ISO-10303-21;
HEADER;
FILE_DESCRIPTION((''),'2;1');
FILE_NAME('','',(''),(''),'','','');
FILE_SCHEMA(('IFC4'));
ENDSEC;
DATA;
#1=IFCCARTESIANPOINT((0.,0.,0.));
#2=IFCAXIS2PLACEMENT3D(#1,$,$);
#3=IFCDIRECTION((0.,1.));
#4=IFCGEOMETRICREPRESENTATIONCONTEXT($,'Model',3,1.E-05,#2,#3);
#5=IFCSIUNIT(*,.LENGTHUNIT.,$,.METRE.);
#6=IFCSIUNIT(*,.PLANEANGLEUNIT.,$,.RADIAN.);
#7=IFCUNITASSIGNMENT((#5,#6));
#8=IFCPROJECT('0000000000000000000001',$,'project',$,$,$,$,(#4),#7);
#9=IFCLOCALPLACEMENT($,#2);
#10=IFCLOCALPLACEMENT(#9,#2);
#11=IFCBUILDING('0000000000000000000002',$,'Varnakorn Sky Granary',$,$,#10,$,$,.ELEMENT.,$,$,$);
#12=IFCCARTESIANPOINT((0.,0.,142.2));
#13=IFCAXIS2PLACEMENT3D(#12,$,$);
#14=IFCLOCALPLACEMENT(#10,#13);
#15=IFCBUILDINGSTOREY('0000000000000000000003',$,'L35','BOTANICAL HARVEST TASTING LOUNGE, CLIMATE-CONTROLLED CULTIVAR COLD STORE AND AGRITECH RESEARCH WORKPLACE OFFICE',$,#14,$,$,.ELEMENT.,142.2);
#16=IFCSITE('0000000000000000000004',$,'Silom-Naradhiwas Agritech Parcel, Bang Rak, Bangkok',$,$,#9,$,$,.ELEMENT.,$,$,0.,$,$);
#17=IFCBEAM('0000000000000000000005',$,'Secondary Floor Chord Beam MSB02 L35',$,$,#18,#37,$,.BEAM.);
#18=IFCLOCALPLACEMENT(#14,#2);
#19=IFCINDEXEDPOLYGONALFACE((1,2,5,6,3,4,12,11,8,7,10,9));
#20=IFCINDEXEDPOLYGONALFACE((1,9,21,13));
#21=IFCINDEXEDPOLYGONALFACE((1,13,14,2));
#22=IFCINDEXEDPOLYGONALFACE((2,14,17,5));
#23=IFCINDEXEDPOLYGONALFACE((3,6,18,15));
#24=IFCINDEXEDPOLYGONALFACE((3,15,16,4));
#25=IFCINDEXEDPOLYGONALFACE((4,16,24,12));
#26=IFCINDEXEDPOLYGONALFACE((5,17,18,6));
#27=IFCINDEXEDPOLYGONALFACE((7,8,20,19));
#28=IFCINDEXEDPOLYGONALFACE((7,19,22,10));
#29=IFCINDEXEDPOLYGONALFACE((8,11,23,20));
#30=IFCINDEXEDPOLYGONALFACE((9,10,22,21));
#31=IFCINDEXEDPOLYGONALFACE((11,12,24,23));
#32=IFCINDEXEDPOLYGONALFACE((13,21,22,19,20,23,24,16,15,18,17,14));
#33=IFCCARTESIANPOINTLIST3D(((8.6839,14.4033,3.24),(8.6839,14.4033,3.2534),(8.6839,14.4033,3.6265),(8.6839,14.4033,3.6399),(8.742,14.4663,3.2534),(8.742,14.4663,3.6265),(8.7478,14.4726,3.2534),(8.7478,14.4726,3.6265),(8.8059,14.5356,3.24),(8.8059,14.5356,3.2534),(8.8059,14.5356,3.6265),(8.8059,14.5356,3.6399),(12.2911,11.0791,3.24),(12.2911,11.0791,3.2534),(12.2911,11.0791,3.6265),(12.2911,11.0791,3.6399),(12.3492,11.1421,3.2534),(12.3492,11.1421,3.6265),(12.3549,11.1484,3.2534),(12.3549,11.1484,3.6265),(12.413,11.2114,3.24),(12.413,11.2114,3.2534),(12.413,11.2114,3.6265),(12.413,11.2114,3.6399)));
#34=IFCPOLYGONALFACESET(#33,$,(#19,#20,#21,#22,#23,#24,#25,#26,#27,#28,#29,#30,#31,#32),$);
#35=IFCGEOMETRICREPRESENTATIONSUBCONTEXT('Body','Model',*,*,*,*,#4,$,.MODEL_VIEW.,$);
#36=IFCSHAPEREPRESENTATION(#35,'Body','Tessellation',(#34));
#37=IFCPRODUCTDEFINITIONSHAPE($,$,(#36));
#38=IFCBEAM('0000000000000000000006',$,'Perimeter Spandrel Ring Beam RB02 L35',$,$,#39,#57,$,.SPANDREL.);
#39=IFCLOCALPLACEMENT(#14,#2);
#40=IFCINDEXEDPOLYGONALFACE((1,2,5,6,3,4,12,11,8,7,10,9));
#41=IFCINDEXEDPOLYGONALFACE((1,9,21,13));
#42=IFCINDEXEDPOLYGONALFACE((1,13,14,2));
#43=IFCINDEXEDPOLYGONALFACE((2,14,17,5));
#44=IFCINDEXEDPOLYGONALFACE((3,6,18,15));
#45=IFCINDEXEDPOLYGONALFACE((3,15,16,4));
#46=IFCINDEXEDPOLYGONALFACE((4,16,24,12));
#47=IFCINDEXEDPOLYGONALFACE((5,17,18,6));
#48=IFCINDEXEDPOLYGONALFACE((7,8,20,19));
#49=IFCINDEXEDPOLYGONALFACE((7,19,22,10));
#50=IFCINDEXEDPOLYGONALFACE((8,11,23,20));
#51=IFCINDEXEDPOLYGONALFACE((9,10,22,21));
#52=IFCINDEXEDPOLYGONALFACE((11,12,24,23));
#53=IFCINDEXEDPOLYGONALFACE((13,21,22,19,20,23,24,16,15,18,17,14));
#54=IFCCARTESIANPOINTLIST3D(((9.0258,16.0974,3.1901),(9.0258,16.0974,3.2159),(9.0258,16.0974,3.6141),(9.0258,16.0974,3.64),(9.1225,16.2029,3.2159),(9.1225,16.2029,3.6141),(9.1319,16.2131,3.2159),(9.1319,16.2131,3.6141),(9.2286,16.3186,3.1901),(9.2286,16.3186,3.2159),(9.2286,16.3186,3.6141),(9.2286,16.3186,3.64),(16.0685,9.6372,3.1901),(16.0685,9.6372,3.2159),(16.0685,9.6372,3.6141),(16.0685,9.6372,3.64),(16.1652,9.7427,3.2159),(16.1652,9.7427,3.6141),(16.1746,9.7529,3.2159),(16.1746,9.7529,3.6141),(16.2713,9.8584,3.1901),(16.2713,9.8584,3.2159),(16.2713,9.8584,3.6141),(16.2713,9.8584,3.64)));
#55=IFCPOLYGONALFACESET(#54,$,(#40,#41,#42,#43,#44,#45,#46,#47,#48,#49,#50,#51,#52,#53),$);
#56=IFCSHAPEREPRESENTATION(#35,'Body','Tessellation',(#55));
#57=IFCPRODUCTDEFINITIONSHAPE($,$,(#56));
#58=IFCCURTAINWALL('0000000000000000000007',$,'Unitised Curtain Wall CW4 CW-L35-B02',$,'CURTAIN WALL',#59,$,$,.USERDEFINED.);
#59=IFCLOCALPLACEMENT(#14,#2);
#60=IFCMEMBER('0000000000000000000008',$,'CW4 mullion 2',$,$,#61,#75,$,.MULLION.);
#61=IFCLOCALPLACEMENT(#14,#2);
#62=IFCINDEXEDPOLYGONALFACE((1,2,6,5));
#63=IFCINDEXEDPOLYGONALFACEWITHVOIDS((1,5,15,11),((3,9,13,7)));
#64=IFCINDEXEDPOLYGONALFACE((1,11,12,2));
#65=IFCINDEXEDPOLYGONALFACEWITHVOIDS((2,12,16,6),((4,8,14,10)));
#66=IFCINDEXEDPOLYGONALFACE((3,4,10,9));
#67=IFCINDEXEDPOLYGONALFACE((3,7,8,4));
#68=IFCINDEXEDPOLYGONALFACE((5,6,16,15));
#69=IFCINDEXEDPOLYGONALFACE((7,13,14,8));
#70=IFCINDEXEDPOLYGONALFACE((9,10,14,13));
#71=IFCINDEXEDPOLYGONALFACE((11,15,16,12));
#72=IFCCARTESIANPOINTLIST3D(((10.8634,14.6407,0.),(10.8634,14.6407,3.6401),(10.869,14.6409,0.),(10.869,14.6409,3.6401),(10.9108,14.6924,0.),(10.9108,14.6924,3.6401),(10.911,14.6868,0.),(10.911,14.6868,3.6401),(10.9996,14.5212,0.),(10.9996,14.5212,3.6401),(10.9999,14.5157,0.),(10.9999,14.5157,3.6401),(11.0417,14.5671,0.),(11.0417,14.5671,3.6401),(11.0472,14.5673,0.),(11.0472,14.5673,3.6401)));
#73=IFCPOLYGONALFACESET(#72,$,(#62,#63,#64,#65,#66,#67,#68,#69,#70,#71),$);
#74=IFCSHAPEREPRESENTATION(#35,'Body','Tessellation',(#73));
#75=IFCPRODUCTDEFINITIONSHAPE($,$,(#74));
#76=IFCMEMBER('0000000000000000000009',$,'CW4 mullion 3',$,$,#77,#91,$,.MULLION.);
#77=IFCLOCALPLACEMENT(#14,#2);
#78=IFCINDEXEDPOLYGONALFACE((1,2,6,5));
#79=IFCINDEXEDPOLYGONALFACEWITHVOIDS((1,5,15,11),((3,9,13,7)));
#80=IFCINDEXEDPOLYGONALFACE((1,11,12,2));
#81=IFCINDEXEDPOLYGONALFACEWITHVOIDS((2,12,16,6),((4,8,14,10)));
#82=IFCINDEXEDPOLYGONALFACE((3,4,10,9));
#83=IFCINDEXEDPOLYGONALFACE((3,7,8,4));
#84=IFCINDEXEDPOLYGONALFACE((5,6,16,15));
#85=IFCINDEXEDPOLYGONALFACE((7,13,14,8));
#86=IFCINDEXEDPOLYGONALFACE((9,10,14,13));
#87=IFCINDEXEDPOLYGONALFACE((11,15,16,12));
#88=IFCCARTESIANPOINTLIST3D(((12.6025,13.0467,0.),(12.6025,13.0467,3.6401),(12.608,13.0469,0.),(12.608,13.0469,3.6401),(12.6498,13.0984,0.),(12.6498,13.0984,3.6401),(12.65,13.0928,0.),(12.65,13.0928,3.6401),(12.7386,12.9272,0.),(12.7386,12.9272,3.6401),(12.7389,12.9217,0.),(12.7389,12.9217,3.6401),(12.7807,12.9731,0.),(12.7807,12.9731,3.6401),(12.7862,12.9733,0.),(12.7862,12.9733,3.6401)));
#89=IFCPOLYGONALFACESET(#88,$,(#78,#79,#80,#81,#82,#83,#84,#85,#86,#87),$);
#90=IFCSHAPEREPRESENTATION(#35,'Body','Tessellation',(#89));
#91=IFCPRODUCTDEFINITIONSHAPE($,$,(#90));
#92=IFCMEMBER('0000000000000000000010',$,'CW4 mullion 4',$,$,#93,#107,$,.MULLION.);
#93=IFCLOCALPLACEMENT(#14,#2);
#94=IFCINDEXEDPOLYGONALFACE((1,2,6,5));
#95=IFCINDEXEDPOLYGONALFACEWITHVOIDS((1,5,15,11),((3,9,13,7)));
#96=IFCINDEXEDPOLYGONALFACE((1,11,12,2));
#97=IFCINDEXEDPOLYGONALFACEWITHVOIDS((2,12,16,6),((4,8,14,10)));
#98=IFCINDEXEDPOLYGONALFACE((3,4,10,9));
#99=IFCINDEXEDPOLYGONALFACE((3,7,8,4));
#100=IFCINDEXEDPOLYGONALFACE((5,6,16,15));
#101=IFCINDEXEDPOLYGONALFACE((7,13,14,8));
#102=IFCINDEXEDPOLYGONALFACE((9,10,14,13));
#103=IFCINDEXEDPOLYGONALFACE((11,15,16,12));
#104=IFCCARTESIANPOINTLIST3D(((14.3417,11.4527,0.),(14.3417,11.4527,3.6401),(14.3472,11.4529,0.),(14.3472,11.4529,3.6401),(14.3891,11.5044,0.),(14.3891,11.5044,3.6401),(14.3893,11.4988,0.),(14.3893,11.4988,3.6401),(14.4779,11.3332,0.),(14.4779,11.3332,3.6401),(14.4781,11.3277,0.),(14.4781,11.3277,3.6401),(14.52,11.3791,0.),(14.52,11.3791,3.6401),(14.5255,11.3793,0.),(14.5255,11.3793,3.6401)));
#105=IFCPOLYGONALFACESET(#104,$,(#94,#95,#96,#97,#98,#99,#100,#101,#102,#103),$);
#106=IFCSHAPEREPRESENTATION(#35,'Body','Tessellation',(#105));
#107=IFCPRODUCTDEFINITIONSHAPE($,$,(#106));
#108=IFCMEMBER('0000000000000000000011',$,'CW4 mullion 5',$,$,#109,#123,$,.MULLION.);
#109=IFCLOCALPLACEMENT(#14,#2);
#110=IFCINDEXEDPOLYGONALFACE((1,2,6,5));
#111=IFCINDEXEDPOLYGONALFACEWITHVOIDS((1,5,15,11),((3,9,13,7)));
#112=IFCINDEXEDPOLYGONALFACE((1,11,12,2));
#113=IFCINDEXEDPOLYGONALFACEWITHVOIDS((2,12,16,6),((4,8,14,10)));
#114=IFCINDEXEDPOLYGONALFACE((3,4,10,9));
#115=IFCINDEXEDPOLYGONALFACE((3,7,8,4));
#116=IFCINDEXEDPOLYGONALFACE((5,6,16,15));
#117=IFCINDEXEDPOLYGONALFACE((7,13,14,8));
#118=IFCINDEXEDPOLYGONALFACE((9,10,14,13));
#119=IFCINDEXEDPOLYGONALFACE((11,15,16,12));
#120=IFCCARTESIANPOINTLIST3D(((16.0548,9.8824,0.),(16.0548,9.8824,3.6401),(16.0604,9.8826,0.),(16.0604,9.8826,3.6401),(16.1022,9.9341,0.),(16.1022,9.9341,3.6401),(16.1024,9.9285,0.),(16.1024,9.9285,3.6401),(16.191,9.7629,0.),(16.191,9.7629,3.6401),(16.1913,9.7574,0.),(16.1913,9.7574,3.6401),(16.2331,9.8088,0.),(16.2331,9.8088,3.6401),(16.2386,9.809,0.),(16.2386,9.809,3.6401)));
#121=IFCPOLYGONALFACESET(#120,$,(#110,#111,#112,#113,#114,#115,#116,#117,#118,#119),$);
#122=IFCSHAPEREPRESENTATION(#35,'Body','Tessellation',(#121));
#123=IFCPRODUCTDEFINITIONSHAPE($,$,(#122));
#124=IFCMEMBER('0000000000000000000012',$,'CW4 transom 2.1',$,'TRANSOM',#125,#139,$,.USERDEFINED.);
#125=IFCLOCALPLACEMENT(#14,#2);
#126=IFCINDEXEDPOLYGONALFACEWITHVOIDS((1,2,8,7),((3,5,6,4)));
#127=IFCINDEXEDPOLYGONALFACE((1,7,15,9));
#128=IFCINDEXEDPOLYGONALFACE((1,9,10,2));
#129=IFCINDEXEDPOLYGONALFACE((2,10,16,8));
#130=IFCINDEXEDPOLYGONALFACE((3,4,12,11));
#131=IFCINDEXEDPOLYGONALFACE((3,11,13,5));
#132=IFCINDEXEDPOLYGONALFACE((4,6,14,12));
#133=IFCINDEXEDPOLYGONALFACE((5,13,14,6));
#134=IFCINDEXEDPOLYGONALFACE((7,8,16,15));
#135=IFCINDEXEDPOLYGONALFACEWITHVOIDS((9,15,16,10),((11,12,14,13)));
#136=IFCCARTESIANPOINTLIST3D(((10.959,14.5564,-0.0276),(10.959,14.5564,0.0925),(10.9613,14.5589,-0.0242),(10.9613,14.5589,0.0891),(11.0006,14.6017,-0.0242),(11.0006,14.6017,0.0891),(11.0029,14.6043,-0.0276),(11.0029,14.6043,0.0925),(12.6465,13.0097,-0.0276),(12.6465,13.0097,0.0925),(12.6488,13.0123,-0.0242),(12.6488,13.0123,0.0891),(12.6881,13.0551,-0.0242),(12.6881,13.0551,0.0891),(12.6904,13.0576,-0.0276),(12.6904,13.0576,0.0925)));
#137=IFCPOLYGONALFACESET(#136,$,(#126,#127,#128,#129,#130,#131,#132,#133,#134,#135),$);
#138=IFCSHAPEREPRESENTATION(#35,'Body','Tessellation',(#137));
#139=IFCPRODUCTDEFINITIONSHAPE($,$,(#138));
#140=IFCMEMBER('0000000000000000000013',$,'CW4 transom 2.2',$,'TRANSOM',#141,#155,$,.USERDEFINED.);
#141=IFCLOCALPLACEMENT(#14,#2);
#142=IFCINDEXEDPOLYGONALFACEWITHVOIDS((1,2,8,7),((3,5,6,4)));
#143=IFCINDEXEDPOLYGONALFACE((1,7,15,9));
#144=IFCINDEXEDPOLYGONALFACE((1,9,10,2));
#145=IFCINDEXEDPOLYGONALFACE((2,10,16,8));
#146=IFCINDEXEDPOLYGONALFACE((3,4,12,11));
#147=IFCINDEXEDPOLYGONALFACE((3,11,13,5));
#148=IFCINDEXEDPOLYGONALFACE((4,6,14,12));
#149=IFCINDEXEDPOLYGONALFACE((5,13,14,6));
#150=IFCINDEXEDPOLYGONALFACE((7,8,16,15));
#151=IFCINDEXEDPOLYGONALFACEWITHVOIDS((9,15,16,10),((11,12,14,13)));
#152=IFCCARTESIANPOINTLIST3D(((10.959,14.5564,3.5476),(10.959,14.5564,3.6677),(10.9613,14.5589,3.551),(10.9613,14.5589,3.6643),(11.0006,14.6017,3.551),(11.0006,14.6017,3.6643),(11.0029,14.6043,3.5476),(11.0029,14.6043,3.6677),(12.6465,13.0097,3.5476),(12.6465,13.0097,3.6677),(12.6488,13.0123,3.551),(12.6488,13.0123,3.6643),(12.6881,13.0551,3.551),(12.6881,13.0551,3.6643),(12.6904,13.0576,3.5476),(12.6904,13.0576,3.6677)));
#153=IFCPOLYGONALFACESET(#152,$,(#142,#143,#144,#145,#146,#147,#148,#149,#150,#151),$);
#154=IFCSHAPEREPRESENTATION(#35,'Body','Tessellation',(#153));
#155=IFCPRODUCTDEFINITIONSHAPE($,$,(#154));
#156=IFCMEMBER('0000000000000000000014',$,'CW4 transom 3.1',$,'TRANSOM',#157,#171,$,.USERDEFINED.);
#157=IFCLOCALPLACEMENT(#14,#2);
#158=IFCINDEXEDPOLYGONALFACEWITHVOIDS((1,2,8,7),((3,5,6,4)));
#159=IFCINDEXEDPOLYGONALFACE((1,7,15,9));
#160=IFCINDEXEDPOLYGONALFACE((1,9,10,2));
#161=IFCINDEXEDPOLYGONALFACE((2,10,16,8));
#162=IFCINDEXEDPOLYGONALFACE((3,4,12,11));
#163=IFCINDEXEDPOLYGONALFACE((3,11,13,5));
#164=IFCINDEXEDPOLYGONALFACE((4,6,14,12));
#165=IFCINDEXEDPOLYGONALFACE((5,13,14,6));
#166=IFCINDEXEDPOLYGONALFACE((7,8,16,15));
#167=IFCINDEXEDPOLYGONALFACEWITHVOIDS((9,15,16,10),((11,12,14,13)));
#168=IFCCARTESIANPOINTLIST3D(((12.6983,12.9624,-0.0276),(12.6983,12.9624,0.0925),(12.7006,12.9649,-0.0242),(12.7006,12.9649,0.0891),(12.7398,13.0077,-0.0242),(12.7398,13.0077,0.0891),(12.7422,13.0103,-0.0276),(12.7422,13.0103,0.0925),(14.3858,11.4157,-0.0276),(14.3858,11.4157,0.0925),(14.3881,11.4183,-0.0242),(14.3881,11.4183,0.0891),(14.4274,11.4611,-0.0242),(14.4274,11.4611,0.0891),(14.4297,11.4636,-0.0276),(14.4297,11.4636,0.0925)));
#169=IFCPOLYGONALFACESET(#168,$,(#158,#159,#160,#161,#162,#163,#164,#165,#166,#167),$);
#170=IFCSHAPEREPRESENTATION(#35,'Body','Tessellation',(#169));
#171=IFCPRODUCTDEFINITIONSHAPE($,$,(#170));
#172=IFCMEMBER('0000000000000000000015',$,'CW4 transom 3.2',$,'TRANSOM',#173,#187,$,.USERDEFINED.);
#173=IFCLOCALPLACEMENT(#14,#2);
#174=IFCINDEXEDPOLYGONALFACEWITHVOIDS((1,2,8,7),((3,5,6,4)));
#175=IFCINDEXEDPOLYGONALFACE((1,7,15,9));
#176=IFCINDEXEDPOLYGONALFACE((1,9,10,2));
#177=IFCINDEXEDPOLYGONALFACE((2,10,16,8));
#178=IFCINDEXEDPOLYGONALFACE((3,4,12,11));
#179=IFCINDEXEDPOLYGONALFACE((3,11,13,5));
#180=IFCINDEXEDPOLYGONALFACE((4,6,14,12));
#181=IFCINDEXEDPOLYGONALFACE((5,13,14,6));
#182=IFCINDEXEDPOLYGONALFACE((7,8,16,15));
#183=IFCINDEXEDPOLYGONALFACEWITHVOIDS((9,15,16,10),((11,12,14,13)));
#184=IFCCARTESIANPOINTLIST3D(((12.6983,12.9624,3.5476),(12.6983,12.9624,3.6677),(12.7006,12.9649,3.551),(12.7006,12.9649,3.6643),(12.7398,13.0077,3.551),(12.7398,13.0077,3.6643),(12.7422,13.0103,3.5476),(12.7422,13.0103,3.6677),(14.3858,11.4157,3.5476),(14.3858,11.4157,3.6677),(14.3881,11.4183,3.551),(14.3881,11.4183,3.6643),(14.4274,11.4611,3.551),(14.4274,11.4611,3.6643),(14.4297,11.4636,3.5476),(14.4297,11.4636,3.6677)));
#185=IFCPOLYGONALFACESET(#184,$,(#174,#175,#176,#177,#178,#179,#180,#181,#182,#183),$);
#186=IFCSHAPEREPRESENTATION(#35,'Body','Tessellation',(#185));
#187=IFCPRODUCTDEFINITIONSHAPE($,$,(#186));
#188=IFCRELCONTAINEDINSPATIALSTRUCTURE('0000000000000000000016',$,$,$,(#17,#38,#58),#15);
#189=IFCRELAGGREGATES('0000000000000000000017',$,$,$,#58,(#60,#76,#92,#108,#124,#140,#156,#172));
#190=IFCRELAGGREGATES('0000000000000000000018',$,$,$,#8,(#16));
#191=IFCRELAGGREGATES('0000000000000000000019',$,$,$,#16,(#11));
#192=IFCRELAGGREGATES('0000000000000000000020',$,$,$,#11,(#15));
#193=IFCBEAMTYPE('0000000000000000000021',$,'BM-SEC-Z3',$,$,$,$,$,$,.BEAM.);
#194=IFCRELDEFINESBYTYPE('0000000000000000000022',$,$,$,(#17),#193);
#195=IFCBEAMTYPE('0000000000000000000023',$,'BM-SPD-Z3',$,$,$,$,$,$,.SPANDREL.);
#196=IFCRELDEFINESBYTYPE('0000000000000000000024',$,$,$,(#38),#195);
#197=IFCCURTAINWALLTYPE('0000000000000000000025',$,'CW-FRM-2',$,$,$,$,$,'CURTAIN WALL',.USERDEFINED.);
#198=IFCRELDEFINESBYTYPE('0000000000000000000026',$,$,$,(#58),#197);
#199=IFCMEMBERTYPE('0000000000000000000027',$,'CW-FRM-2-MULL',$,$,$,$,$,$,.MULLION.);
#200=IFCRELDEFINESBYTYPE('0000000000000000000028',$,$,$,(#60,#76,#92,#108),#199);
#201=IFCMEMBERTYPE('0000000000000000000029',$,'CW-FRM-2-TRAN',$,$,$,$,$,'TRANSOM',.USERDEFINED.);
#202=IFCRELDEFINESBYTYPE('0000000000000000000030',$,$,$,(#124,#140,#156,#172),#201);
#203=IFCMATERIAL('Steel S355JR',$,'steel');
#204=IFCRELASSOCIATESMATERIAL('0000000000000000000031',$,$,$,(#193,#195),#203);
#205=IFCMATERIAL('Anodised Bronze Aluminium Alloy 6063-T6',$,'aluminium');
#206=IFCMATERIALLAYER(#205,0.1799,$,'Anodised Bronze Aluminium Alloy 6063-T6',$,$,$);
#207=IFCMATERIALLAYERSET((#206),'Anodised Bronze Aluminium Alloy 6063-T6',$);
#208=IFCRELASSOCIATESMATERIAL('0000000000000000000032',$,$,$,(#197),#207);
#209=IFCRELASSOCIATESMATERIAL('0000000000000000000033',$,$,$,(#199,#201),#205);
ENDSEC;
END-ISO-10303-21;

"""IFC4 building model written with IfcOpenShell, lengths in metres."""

from ifc_helpers import new_model, si_unit, direction, frame, origin, origin_2d, place, context, subcontext, project, spatial, hollow_rectangle, i_section, extrude, material, layer, layer_set, material_profile, profile_set, type_object, element, aggregate, save


model = new_model("IFC4")

# Units and contexts
model_context = context("Model", 3, precision=1e-05, world=origin(), true_north=direction((0.0, 1.0)))
body_context = subcontext(model_context, "Body", "Model", "MODEL_VIEW")
ifc_project = project(units=[si_unit("LENGTHUNIT", "METRE"), si_unit("PLANEANGLEUNIT", "RADIAN")], contexts=[model_context])

# Site, building, storey
site_placement = place(None, origin())
site = spatial("IfcSite", under=ifc_project, at=site_placement, Name="Silom-Naradhiwas Agritech Parcel, Bang Rak, Bangkok", CompositionType="ELEMENT", RefElevation=0.0)
building_placement = place(site_placement, origin())
building = spatial("IfcBuilding", under=site, at=building_placement, Name="Varnakorn Sky Granary", CompositionType="ELEMENT")
storey_placement = place(building_placement, frame((0.0, 0.0, 142.2)))
storey = spatial("IfcBuildingStorey", under=building, at=storey_placement, Name="L35", Description="BOTANICAL HARVEST TASTING LOUNGE, CLIMATE-CONTROLLED CULTIVAR COLD STORE AND AGRITECH RESEARCH WORKPLACE OFFICE", CompositionType="ELEMENT", Elevation=142.2)

# Beams
ifc_material_1 = material(Name="Steel S355JR", Category="steel")
ifc_material_profile_1 = material_profile(ifc_material_1, i_section(OverallWidth=0.1799, OverallDepth=0.3999, WebThickness=0.0085, FlangeThickness=0.0134, at=origin_2d()), Name="IPE 400")
ifc_profile_set_1 = profile_set([ifc_material_profile_1], Name="Steel S355JR")
beam_type_1 = type_object("IfcBeamType", Name="BM-SEC-Z3", PredefinedType="BEAM", material=ifc_profile_set_1)
beam_1_placement = place(storey_placement, frame((12.3521, 11.1453, 3.4399), z_axis=(-0.73536, 0.677676, 0.0), x_axis=(-0.677676, -0.73536, 0.0)))
element("IfcBeam", 1, at=beam_1_placement, inside=storey, type_object=beam_type_1, Name="Secondary Floor Chord Beam MSB02 L35", PredefinedType="BEAM", context=body_context, shape_type="SweptSolid", body=[
    extrude(i_section(OverallWidth=0.1799, OverallDepth=0.3999, WebThickness=0.0085, FlangeThickness=0.0134, at=origin_2d()), origin(), (0.0, 0.0, 1.0), 4.9053),
])
ifc_material_profile_2 = material_profile(ifc_material_1, i_section(OverallWidth=0.3, OverallDepth=0.45, WebThickness=0.0139, FlangeThickness=0.0259, at=origin_2d()), Name="HE 450 B")
ifc_profile_set_2 = profile_set([ifc_material_profile_2], Name="Steel S355JR")
beam_type_2 = type_object("IfcBeamType", Name="BM-SPD-Z3", PredefinedType="SPANDREL", material=ifc_profile_set_2)
beam_2_placement = place(storey_placement, frame((16.1699, 9.7478, 3.415), z_axis=(-0.736926, 0.675973, 0.0), x_axis=(-0.675973, -0.736926, 0.0)))
element("IfcBeam", 2, at=beam_2_placement, inside=storey, type_object=beam_type_2, Name="Perimeter Spandrel Ring Beam RB02 L35", PredefinedType="SPANDREL", context=body_context, shape_type="SweptSolid", body=[
    extrude(i_section(OverallWidth=0.3, OverallDepth=0.45, WebThickness=0.0139, FlangeThickness=0.0259, at=origin_2d()), origin(), (0.0, 0.0, 1.0), 9.5569),
])

# Curtain wall, members
ifc_material_2 = material(Name="Anodised Bronze Aluminium Alloy 6063-T6", Category="aluminium")
ifc_layer_1 = layer(ifc_material_2, 0.1799, Name="Anodised Bronze Aluminium Alloy 6063-T6")
ifc_layer_set_1 = layer_set([ifc_layer_1], Name="Anodised Bronze Aluminium Alloy 6063-T6")
curtain_wall_type = type_object("IfcCurtainWallType", Name="CW-FRM-2", ElementType="CURTAIN WALL", PredefinedType="USERDEFINED", material=ifc_layer_set_1)
curtain_wall_placement = place(storey_placement, origin())
curtain_wall = element("IfcCurtainWall", 3, at=curtain_wall_placement, inside=storey, type_object=curtain_wall_type, Name="Unitised Curtain Wall CW4 CW-L35-B02", ObjectType="CURTAIN WALL", PredefinedType="USERDEFINED")
ifc_material_profile_3 = material_profile(ifc_material_2, hollow_rectangle(XDim=0.0701, YDim=0.1851, WallThickness=0.0039, at=origin_2d()), Name="ALU MULL 70x185")
ifc_profile_set_3 = profile_set([ifc_material_profile_3], Name="Anodised Bronze Aluminium Alloy 6063-T6")
member_type_1 = type_object("IfcMemberType", Name="CW-FRM-2-MULL", PredefinedType="MULLION", material=ifc_profile_set_3)
member_1_placement = place(storey_placement, frame((10.9553, 14.604, 0.0), z_axis=(0.0, 0.0, 1.0), x_axis=(0.675685, 0.737191, 0.0)))
member_1 = element("IfcMember", 4, at=member_1_placement, type_object=member_type_1, Name="CW4 mullion 2", PredefinedType="MULLION", context=body_context, shape_type="SweptSolid", body=[
    extrude(hollow_rectangle(XDim=0.0701, YDim=0.1851, WallThickness=0.0039, at=origin_2d()), origin(), (0.0, 0.0, 1.0), 3.6401),
])
member_2_placement = place(storey_placement, frame((12.6943, 13.01, 0.0), z_axis=(0.0, 0.0, 1.0), x_axis=(0.675685, 0.737191, 0.0)))
member_2 = element("IfcMember", 5, at=member_2_placement, type_object=member_type_1, Name="CW4 mullion 3", PredefinedType="MULLION", context=body_context, shape_type="SweptSolid", body=[
    extrude(hollow_rectangle(XDim=0.0701, YDim=0.1851, WallThickness=0.0039, at=origin_2d()), origin(), (0.0, 0.0, 1.0), 3.6401),
])
member_3_placement = place(storey_placement, frame((14.4336, 11.416, 0.0), z_axis=(0.0, 0.0, 1.0), x_axis=(0.675685, 0.737191, 0.0)))
member_3 = element("IfcMember", 6, at=member_3_placement, type_object=member_type_1, Name="CW4 mullion 4", PredefinedType="MULLION", context=body_context, shape_type="SweptSolid", body=[
    extrude(hollow_rectangle(XDim=0.0701, YDim=0.1851, WallThickness=0.0039, at=origin_2d()), origin(), (0.0, 0.0, 1.0), 3.6401),
])
member_4_placement = place(storey_placement, frame((16.1467, 9.8457, 0.0), z_axis=(0.0, 0.0, 1.0), x_axis=(0.675685, 0.737191, 0.0)))
member_4 = element("IfcMember", 7, at=member_4_placement, type_object=member_type_1, Name="CW4 mullion 5", PredefinedType="MULLION", context=body_context, shape_type="SweptSolid", body=[
    extrude(hollow_rectangle(XDim=0.0701, YDim=0.1851, WallThickness=0.0039, at=origin_2d()), origin(), (0.0, 0.0, 1.0), 3.6401),
])
ifc_material_profile_4 = material_profile(ifc_material_2, hollow_rectangle(XDim=0.0649, YDim=0.1201, WallThickness=0.0034, at=origin_2d()), Name="ALU TRAN 65x120")
ifc_profile_set_4 = profile_set([ifc_material_profile_4], Name="Anodised Bronze Aluminium Alloy 6063-T6")
member_type_2 = type_object("IfcMemberType", Name="CW-FRM-2-TRAN", ElementType="TRANSOM", PredefinedType="USERDEFINED", material=ifc_profile_set_4)
member_5_placement = place(storey_placement, frame((10.981, 14.5803, 0.0325), z_axis=(0.737207, -0.675667, 0.0), x_axis=(0.675667, 0.737207, 0.0)))
member_5 = element("IfcMember", 8, at=member_5_placement, type_object=member_type_2, Name="CW4 transom 2.1", ObjectType="TRANSOM", PredefinedType="USERDEFINED", context=body_context, shape_type="SweptSolid", body=[
    extrude(hollow_rectangle(XDim=0.0649, YDim=0.1201, WallThickness=0.0034, at=origin_2d()), origin(), (0.0, 0.0, 1.0), 2.2891),
])
member_6_placement = place(storey_placement, frame((10.981, 14.5803, 3.6077), z_axis=(0.737207, -0.675667, 0.0), x_axis=(0.675667, 0.737207, 0.0)))
member_6 = element("IfcMember", 9, at=member_6_placement, type_object=member_type_2, Name="CW4 transom 2.2", ObjectType="TRANSOM", PredefinedType="USERDEFINED", context=body_context, shape_type="SweptSolid", body=[
    extrude(hollow_rectangle(XDim=0.0649, YDim=0.1201, WallThickness=0.0034, at=origin_2d()), origin(), (0.0, 0.0, 1.0), 2.2891),
])
member_7_placement = place(storey_placement, frame((12.7202, 12.9863, 0.0325), z_axis=(0.737207, -0.675667, 0.0), x_axis=(0.675667, 0.737207, 0.0)))
member_7 = element("IfcMember", 10, at=member_7_placement, type_object=member_type_2, Name="CW4 transom 3.1", ObjectType="TRANSOM", PredefinedType="USERDEFINED", context=body_context, shape_type="SweptSolid", body=[
    extrude(hollow_rectangle(XDim=0.0649, YDim=0.1201, WallThickness=0.0034, at=origin_2d()), origin(), (0.0, 0.0, 1.0), 2.2891),
])
member_8_placement = place(storey_placement, frame((12.7202, 12.9863, 3.6077), z_axis=(0.737207, -0.675667, 0.0), x_axis=(0.675667, 0.737207, 0.0)))
member_8 = element("IfcMember", 11, at=member_8_placement, type_object=member_type_2, Name="CW4 transom 3.2", ObjectType="TRANSOM", PredefinedType="USERDEFINED", context=body_context, shape_type="SweptSolid", body=[
    extrude(hollow_rectangle(XDim=0.0649, YDim=0.1201, WallThickness=0.0034, at=origin_2d()), origin(), (0.0, 0.0, 1.0), 2.2891),
])

aggregate(curtain_wall, [member_1, member_2, member_3, member_4, member_5, member_6, member_7, member_8])

save(model, "model.ifc")
